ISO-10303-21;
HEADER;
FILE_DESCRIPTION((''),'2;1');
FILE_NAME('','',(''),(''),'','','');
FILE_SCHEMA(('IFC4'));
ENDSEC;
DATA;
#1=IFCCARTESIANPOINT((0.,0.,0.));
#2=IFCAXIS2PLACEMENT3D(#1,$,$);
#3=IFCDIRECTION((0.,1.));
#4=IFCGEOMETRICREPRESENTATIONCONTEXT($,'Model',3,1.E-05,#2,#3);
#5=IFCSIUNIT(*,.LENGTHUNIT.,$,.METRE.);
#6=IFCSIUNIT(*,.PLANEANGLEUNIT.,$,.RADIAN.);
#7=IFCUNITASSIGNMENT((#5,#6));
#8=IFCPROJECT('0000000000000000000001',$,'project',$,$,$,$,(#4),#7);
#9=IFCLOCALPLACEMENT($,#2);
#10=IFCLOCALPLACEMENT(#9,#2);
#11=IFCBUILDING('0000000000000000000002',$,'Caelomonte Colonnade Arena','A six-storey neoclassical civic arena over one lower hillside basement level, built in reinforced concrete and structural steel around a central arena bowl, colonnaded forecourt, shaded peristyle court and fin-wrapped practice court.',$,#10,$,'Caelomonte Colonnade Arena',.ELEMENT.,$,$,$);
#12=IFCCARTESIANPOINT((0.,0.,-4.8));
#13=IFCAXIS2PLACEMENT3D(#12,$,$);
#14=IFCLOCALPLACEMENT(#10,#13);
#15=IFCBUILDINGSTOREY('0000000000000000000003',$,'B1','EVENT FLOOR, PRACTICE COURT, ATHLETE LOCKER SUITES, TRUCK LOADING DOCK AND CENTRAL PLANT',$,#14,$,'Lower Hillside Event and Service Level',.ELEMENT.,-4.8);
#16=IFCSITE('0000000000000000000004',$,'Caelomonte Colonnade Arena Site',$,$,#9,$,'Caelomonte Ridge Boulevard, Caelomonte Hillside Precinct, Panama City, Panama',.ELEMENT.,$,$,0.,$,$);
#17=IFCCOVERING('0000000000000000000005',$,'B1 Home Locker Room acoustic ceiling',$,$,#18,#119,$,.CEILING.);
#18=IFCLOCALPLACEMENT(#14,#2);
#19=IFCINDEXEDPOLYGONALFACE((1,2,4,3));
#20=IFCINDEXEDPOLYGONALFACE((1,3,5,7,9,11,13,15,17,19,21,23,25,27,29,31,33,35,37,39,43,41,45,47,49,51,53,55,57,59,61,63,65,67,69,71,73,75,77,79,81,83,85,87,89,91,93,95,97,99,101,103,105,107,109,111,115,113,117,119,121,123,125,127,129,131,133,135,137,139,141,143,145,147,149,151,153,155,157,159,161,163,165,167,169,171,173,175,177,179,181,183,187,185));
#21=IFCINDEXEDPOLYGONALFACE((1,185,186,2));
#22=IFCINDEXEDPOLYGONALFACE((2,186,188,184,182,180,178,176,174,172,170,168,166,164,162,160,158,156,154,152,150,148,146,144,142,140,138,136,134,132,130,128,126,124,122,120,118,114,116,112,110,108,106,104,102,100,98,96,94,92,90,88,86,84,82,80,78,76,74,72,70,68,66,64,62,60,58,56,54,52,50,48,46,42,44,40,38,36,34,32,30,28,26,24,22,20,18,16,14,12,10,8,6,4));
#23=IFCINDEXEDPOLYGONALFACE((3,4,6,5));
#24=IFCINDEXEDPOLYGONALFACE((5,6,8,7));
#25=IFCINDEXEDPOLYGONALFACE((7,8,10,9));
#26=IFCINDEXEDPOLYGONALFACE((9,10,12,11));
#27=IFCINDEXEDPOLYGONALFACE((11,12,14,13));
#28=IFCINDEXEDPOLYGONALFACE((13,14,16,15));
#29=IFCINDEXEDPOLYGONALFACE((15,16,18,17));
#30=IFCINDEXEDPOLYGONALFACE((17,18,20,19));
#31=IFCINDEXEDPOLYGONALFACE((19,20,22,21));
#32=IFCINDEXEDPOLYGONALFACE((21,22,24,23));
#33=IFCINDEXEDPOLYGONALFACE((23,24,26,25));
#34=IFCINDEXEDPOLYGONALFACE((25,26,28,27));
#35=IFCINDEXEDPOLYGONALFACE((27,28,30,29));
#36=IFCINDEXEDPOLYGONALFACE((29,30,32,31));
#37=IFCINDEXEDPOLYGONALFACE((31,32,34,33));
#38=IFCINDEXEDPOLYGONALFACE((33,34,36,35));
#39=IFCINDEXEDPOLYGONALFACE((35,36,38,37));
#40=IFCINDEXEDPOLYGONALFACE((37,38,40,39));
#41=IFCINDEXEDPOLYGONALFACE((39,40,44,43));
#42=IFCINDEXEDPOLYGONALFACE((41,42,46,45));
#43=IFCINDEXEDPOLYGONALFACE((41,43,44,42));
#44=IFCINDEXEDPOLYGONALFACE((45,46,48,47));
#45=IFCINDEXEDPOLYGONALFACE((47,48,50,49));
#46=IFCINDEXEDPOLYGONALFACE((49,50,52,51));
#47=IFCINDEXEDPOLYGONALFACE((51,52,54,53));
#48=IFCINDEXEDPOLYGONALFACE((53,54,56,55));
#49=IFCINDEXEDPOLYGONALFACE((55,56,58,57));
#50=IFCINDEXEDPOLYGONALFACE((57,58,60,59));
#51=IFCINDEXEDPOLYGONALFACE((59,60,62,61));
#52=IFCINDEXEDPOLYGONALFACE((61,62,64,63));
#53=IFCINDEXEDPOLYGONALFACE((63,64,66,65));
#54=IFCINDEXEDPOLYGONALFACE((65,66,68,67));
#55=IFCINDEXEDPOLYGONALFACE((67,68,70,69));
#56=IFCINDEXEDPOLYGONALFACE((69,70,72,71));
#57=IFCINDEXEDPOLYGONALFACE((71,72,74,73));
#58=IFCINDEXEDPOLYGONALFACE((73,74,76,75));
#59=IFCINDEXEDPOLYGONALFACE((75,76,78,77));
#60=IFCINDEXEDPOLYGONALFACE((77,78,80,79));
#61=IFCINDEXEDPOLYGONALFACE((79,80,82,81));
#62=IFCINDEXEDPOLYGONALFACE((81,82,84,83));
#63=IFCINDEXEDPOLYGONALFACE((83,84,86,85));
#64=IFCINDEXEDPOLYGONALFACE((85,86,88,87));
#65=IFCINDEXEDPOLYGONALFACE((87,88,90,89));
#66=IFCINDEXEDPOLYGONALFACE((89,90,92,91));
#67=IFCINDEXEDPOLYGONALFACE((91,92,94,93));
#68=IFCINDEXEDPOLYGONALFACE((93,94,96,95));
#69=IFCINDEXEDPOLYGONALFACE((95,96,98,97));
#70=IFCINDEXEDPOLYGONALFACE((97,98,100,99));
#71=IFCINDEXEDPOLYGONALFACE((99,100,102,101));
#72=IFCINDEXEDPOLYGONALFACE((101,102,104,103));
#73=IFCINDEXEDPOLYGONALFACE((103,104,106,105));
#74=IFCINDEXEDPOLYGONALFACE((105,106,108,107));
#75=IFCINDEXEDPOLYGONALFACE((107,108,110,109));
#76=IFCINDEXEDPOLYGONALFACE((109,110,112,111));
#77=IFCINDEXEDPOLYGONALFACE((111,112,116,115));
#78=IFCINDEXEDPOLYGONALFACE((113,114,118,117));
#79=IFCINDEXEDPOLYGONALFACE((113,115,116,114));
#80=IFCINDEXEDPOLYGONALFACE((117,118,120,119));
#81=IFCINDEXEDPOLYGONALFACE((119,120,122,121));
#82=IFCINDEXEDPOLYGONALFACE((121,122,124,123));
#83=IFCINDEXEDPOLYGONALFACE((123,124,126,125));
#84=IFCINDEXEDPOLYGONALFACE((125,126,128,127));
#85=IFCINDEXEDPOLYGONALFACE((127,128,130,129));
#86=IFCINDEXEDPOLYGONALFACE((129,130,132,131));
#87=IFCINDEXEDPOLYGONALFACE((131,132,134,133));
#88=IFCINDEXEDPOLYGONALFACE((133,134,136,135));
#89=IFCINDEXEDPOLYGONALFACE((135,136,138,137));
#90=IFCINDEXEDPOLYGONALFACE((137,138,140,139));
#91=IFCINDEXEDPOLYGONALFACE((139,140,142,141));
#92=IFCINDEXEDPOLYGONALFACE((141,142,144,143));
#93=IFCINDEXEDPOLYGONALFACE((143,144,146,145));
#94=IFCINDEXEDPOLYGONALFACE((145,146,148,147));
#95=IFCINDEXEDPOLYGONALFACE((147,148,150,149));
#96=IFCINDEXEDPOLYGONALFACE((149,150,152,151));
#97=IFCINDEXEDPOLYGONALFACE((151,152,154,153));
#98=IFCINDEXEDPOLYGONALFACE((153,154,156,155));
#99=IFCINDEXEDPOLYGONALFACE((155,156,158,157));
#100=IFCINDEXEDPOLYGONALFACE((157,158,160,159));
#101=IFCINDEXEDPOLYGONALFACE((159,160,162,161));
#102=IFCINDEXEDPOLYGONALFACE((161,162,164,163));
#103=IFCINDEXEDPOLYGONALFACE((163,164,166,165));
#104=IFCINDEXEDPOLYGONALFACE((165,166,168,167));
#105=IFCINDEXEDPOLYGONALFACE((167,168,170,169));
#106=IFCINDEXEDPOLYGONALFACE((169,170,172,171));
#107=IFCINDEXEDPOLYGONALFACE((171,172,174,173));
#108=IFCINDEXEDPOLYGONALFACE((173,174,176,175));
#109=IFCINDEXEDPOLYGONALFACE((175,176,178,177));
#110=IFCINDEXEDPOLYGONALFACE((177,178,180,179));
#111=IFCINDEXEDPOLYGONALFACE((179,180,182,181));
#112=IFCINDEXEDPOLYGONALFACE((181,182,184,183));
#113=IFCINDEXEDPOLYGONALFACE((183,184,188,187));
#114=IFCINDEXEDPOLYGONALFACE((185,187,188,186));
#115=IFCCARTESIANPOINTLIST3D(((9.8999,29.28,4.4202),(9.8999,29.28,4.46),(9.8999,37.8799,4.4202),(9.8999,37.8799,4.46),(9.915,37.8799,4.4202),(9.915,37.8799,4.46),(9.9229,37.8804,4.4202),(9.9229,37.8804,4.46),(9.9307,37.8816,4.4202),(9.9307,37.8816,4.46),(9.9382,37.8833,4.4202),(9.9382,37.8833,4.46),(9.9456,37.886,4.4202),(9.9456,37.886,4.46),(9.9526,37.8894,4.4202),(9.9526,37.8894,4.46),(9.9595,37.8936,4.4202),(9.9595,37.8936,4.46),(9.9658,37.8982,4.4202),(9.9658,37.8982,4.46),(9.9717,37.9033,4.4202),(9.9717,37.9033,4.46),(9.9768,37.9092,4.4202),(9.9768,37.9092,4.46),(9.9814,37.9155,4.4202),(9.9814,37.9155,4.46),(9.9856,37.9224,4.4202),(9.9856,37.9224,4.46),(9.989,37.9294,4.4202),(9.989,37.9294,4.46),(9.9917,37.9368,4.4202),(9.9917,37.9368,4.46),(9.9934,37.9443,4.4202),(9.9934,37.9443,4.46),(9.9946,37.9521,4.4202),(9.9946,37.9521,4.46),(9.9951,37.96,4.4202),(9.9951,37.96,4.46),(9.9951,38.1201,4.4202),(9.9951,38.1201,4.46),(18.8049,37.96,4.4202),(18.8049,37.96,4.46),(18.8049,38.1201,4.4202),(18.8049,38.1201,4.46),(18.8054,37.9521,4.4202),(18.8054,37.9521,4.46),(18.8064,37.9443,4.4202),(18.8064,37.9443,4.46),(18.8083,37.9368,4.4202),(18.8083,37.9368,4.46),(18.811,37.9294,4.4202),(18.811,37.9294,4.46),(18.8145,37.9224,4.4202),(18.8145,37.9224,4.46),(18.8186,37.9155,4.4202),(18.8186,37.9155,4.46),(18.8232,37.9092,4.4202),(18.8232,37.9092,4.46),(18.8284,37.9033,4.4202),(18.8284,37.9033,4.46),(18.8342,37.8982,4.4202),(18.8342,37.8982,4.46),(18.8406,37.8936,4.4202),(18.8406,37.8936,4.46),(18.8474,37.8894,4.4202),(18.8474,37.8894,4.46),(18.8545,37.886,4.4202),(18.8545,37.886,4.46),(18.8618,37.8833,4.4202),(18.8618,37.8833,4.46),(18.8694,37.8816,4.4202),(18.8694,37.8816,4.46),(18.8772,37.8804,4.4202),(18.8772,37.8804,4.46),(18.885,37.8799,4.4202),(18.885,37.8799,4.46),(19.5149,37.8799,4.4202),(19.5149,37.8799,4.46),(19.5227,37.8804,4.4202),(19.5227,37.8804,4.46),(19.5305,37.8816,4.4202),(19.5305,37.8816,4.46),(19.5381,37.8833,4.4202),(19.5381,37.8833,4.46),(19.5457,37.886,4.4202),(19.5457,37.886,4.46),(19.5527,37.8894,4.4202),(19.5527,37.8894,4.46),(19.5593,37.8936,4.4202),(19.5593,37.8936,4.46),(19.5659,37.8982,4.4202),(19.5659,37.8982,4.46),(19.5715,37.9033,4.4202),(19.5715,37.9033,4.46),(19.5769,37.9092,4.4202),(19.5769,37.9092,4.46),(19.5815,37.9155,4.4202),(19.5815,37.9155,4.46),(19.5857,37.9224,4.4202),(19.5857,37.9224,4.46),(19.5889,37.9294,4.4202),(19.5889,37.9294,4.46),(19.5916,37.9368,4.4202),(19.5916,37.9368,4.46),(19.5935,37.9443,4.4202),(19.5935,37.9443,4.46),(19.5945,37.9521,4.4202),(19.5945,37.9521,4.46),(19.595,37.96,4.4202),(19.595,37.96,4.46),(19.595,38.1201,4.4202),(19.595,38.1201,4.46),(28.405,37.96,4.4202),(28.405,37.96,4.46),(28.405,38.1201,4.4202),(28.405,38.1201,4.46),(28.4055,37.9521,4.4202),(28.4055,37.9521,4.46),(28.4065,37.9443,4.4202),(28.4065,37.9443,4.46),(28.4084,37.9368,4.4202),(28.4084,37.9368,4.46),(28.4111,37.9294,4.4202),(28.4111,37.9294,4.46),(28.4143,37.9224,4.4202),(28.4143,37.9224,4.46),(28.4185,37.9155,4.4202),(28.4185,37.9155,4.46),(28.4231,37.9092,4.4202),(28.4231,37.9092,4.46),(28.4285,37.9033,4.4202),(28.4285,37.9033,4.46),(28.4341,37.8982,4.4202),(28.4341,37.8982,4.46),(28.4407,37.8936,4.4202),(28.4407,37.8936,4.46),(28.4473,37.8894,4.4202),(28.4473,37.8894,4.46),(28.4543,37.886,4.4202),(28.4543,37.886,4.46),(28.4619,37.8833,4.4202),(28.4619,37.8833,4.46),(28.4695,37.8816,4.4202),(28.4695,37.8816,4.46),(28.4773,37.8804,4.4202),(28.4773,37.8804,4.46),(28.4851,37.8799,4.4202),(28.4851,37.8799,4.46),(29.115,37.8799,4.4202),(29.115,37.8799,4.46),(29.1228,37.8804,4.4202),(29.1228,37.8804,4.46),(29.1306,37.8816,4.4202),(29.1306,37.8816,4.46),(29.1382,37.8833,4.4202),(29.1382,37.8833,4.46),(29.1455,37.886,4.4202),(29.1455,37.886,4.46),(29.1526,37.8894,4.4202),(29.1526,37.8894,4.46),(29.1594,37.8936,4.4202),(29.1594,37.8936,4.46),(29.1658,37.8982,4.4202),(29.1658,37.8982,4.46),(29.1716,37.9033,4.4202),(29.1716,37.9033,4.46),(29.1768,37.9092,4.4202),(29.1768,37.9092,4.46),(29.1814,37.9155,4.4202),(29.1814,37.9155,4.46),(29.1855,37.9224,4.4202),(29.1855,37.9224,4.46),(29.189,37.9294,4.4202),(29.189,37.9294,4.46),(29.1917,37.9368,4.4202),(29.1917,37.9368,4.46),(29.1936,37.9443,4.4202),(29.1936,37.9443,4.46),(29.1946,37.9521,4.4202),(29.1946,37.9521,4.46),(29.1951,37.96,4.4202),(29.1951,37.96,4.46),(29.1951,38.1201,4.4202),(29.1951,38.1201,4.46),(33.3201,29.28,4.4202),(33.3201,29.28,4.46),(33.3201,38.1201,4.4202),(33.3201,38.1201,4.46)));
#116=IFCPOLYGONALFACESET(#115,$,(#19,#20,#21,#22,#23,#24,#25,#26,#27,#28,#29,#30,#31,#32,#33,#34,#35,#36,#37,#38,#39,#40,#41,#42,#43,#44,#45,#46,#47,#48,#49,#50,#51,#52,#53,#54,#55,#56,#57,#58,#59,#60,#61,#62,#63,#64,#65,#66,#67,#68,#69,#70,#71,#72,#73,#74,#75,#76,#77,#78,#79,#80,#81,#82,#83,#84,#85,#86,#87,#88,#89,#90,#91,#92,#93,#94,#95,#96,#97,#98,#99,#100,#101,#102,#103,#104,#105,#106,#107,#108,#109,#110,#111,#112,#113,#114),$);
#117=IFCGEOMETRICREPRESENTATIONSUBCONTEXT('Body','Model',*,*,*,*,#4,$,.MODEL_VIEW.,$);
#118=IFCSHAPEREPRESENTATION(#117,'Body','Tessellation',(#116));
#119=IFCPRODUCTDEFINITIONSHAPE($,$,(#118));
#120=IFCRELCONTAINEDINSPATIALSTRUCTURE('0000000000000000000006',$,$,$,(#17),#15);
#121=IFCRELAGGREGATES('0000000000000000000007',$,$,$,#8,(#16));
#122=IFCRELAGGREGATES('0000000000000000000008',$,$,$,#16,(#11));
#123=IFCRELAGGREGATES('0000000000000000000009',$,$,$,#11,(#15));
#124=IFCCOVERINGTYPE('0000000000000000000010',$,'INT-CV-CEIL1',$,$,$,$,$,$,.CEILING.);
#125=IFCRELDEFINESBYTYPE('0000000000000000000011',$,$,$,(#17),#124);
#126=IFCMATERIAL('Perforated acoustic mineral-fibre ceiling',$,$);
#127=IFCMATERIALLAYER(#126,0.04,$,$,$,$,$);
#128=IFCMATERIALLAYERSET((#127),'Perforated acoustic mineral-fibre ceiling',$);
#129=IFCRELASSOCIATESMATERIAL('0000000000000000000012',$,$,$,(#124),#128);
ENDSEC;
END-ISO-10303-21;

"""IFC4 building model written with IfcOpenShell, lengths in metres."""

from ifc_helpers import new_model, si_unit, direction, frame, origin, place, context, subcontext, project, spatial, polyline, outline, extrude, material, layer, layer_set, type_object, element, save


model = new_model("IFC4")

# Units and contexts
model_context = context("Model", 3, precision=1e-05, world=origin(), true_north=direction((0.0, 1.0)))
body_context = subcontext(model_context, "Body", "Model", "MODEL_VIEW")
ifc_project = project(units=[si_unit("LENGTHUNIT", "METRE"), si_unit("PLANEANGLEUNIT", "RADIAN")], contexts=[model_context])

# Site, building, storey
site_placement = place(None, origin())
site = spatial("IfcSite", under=ifc_project, at=site_placement, Name="Caelomonte Colonnade Arena Site", LongName="Caelomonte Ridge Boulevard, Caelomonte Hillside Precinct, Panama City, Panama", CompositionType="ELEMENT", RefElevation=0.0)
building_placement = place(site_placement, origin())
building = spatial("IfcBuilding", under=site, at=building_placement, Name="Caelomonte Colonnade Arena", Description="A six-storey neoclassical civic arena over one lower hillside basement level, built in reinforced concrete and structural steel around a central arena bowl, colonnaded forecourt, shaded peristyle court and fin-wrapped practice court.", LongName="Caelomonte Colonnade Arena", CompositionType="ELEMENT")
storey_placement = place(building_placement, frame((0.0, 0.0, -4.8)))
storey = spatial("IfcBuildingStorey", under=building, at=storey_placement, Name="B1", Description="EVENT FLOOR, PRACTICE COURT, ATHLETE LOCKER SUITES, TRUCK LOADING DOCK AND CENTRAL PLANT", LongName="Lower Hillside Event and Service Level", CompositionType="ELEMENT", Elevation=-4.8)

# Covering
ifc_material_1 = material(Name="Perforated acoustic mineral-fibre ceiling")
ifc_layer_1 = layer(ifc_material_1, 0.04)
ifc_layer_set_1 = layer_set([ifc_layer_1], Name="Perforated acoustic mineral-fibre ceiling")
covering_type_1 = type_object("IfcCoveringType", Name="INT-CV-CEIL1", PredefinedType="CEILING", material=ifc_layer_set_1)
covering_1_placement = place(storey_placement, frame((0.0, 0.0, 4.4202)))
element("IfcCovering", 1, at=covering_1_placement, inside=storey, type_object=covering_type_1, Name="B1 Home Locker Room acoustic ceiling", PredefinedType="CEILING", context=body_context, shape_type="SweptSolid", body=[
    extrude(outline(polyline([(9.9229, 37.8804), (9.915, 37.8799), (9.8999, 37.8799), (9.8999, 29.28), (33.3201, 29.28), (33.3201, 38.1201), (29.1951, 38.1201), (29.1951, 37.96), (29.1946, 37.9521), (29.1936, 37.9443), (29.1917, 37.9368), (29.189, 37.9294), (29.1855, 37.9224), (29.1814, 37.9155), (29.1768, 37.9092), (29.1716, 37.9033), (29.1658, 37.8982), (29.1594, 37.8936), (29.1526, 37.8894), (29.1455, 37.886), (29.1382, 37.8833), (29.1306, 37.8816), (29.1228, 37.8804), (29.115, 37.8799), (28.4851, 37.8799), (28.4773, 37.8804), (28.4695, 37.8816), (28.4619, 37.8833), (28.4543, 37.886), (28.4473, 37.8894), (28.4407, 37.8936), (28.4341, 37.8982), (28.4285, 37.9033), (28.4231, 37.9092), (28.4185, 37.9155), (28.4143, 37.9224), (28.4111, 37.9294), (28.4084, 37.9368), (28.4065, 37.9443), (28.4055, 37.9521), (28.405, 37.96), (28.405, 38.1201), (19.595, 38.1201), (19.595, 37.96), (19.5945, 37.9521), (19.5935, 37.9443), (19.5916, 37.9368), (19.5889, 37.9294), (19.5857, 37.9224), (19.5815, 37.9155), (19.5769, 37.9092), (19.5715, 37.9033), (19.5659, 37.8982), (19.5593, 37.8936), (19.5527, 37.8894), (19.5457, 37.886), (19.5381, 37.8833), (19.5305, 37.8816), (19.5227, 37.8804), (19.5149, 37.8799), (18.885, 37.8799), (18.8772, 37.8804), (18.8694, 37.8816), (18.8618, 37.8833), (18.8545, 37.886), (18.8474, 37.8894), (18.8406, 37.8936), (18.8342, 37.8982), (18.8284, 37.9033), (18.8232, 37.9092), (18.8186, 37.9155), (18.8145, 37.9224), (18.811, 37.9294), (18.8083, 37.9368), (18.8064, 37.9443), (18.8054, 37.9521), (18.8049, 37.96), (18.8049, 38.1201), (9.9951, 38.1201), (9.9951, 37.96), (9.9946, 37.9521), (9.9934, 37.9443), (9.9917, 37.9368), (9.989, 37.9294), (9.9856, 37.9224), (9.9814, 37.9155), (9.9768, 37.9092), (9.9717, 37.9033), (9.9658, 37.8982), (9.9595, 37.8936), (9.9526, 37.8894), (9.9456, 37.886), (9.9382, 37.8833), (9.9307, 37.8816), (9.9229, 37.8804)])), origin(), (0.0, 0.0, 1.0), 0.0398),
])

save(model, "model.ifc")
